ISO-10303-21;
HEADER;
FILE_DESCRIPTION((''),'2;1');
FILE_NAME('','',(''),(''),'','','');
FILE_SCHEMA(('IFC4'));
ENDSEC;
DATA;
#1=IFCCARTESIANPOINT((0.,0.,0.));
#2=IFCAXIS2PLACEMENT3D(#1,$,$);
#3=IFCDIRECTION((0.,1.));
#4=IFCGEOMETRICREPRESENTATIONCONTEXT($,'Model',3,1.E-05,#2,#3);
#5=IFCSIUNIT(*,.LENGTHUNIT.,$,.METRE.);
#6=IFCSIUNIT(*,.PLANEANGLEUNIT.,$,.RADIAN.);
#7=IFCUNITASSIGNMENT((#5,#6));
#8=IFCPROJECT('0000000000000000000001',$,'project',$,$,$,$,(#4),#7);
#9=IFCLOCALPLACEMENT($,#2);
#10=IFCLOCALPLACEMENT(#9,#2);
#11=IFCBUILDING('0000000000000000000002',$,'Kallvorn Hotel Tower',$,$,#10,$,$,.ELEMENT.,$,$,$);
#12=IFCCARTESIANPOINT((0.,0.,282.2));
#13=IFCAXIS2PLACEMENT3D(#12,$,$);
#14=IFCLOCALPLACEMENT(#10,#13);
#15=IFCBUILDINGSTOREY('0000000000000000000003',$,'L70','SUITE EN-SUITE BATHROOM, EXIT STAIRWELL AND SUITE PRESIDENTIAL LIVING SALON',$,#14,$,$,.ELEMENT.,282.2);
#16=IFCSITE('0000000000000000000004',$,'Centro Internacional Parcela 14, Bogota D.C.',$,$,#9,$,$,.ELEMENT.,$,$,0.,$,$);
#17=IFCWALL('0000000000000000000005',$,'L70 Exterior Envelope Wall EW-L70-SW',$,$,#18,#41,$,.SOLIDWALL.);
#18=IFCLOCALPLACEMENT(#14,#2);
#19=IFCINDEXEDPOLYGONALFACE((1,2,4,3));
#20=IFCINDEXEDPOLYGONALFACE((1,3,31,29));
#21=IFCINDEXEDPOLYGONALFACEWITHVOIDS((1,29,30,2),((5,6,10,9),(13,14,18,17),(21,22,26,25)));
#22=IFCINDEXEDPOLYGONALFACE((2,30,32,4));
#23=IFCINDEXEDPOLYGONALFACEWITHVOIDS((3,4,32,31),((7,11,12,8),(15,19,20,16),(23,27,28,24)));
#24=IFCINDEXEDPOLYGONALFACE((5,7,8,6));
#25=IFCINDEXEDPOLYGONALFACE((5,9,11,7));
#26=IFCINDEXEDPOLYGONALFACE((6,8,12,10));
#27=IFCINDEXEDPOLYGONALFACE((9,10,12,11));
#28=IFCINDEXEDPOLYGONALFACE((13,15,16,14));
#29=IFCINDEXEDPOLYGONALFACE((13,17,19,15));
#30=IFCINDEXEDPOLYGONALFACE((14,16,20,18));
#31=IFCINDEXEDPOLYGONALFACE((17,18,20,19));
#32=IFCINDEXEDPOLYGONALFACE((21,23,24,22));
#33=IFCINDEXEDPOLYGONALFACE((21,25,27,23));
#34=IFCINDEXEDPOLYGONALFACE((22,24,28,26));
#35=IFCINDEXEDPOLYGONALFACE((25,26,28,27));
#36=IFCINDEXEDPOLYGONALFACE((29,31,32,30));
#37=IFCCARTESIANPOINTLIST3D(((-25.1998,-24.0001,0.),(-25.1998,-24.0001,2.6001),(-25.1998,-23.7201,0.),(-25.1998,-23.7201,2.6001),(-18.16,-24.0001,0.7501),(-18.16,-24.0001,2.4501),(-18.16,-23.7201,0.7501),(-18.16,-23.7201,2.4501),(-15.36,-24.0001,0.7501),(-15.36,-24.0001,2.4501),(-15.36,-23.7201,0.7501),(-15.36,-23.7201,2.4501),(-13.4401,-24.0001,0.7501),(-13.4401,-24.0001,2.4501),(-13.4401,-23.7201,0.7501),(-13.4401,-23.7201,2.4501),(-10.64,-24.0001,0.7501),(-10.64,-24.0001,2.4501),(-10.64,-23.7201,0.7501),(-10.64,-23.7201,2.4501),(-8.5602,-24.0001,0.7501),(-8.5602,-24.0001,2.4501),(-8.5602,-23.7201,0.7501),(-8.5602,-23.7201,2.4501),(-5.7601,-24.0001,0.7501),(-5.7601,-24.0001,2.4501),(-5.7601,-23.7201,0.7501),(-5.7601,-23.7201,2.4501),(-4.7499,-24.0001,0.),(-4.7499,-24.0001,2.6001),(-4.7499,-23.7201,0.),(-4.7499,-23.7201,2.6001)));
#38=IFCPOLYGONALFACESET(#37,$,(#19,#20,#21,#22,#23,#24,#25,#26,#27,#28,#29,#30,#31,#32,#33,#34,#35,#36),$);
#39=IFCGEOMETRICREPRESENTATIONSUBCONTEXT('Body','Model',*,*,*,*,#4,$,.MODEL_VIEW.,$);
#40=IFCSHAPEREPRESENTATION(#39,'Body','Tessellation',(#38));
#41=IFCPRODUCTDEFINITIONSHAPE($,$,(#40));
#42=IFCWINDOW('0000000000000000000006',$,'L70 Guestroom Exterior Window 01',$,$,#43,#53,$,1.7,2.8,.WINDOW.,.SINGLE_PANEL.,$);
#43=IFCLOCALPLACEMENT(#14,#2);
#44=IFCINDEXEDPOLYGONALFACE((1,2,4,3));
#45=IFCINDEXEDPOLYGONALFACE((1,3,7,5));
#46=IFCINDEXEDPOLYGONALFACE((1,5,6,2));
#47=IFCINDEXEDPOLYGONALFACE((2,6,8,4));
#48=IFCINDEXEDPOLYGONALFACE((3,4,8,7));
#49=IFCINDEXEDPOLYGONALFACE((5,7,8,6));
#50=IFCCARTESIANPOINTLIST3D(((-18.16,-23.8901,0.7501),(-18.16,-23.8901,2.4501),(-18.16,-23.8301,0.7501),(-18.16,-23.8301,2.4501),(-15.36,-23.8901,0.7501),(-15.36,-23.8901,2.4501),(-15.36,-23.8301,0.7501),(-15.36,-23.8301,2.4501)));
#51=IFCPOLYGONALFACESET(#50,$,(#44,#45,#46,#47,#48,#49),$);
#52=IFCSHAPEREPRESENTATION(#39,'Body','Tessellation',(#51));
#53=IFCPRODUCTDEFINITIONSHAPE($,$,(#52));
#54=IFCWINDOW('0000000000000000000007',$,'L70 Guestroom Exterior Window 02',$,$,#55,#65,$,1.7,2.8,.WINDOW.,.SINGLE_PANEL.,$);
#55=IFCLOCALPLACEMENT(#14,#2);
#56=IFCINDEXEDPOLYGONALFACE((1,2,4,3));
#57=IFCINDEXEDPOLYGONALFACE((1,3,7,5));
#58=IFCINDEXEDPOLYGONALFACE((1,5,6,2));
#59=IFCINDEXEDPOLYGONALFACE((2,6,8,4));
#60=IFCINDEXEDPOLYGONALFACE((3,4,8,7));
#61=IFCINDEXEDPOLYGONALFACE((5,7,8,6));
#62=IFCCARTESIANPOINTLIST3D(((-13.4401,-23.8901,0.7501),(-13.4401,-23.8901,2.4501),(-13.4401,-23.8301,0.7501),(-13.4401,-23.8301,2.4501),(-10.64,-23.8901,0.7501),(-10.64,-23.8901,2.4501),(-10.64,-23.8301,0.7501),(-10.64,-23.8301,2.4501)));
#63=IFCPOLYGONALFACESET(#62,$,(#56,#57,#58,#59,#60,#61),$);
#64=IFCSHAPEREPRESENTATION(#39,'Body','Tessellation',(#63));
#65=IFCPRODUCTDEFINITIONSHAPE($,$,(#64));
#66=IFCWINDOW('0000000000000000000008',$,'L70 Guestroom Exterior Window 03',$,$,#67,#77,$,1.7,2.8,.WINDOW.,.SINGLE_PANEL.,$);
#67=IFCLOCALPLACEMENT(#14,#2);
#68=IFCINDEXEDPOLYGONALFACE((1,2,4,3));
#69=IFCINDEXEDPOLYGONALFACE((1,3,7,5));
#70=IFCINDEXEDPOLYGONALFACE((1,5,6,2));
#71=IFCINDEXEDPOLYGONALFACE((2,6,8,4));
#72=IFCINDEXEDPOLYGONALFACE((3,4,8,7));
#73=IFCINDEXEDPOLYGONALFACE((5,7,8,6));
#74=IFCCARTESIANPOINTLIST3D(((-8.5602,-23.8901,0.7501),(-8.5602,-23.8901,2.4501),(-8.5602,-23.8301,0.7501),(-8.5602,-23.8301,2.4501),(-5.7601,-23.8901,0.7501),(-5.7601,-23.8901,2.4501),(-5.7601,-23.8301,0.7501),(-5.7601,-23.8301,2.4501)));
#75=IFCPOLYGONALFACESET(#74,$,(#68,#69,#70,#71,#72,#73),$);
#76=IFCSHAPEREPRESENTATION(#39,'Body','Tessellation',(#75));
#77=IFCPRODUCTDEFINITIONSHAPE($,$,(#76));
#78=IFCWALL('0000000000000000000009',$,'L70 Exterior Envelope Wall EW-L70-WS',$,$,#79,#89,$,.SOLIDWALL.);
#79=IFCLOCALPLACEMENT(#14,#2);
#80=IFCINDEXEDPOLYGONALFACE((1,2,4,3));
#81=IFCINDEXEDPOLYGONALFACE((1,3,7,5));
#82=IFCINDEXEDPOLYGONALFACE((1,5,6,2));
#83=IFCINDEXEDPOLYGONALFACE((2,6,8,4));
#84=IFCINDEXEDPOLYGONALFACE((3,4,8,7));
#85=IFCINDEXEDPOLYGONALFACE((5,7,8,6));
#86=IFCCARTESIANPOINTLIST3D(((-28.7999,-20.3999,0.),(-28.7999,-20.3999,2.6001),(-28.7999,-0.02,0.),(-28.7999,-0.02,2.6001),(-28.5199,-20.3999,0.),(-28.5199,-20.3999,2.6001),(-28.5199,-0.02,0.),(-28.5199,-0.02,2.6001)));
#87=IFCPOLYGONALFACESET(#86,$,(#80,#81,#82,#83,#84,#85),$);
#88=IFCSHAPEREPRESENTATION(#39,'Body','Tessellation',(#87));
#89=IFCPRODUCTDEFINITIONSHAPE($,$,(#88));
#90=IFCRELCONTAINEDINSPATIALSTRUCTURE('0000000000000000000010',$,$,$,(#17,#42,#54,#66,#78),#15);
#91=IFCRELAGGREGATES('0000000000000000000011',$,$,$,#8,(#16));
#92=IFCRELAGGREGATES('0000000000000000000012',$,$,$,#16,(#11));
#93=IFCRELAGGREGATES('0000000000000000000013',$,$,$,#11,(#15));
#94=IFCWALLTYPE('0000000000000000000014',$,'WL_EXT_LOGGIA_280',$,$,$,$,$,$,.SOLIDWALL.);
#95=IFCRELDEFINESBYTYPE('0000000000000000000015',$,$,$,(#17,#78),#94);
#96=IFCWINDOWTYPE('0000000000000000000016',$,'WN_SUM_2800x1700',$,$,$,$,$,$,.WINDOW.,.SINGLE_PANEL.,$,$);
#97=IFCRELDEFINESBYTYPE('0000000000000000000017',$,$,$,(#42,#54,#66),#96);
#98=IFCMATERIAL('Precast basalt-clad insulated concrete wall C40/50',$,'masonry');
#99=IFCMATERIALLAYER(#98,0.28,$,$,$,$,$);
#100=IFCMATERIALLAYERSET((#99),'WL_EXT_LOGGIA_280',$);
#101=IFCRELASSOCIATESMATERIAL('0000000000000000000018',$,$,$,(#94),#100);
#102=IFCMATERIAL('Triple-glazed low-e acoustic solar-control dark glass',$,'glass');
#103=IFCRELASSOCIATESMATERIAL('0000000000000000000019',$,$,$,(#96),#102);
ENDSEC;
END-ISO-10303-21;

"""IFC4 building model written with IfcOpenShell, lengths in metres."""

from ifc_helpers import new_model, si_unit, direction, frame, frame_2d, origin, place, context, subcontext, project, spatial, rectangle, extrude, material, layer, layer_set, type_object, element, fill, save


model = new_model("IFC4")

# Units and contexts
model_context = context("Model", 3, precision=1e-05, world=origin(), true_north=direction((0.0, 1.0)))
body_context = subcontext(model_context, "Body", "Model", "MODEL_VIEW")
ifc_project = project(units=[si_unit("LENGTHUNIT", "METRE"), si_unit("PLANEANGLEUNIT", "RADIAN")], contexts=[model_context])

# Site, building, storey
site_placement = place(None, origin())
site = spatial("IfcSite", under=ifc_project, at=site_placement, Name="Centro Internacional Parcela 14, Bogota D.C.", CompositionType="ELEMENT", RefElevation=0.0)
building_placement = place(site_placement, origin())
building = spatial("IfcBuilding", under=site, at=building_placement, Name="Kallvorn Hotel Tower", CompositionType="ELEMENT")
storey_placement = place(building_placement, frame((0.0, 0.0, 282.2)))
storey = spatial("IfcBuildingStorey", under=building, at=storey_placement, Name="L70", Description="SUITE EN-SUITE BATHROOM, EXIT STAIRWELL AND SUITE PRESIDENTIAL LIVING SALON", CompositionType="ELEMENT", Elevation=282.2)

# Shared definitions
ifc_material_1 = material(Name="Precast basalt-clad insulated concrete wall C40/50", Category="masonry")
ifc_layer_1 = layer(ifc_material_1, 0.28)
ifc_layer_set_1 = layer_set([ifc_layer_1], Name="WL_EXT_LOGGIA_280")
wall_type_1 = type_object("IfcWallType", Name="WL_EXT_LOGGIA_280", PredefinedType="SOLIDWALL", material=ifc_layer_set_1)

# Wall, openings, windows
wall_1_placement = place(storey_placement, frame((-25.2, -23.8601, 0.0), z_axis=(0.0, 0.0, 1.0), x_axis=(1.0, 0.0, 0.0)))
wall_1 = element("IfcWall", 1, at=wall_1_placement, inside=storey, type_object=wall_type_1, Name="L70 Exterior Envelope Wall EW-L70-SW", PredefinedType="SOLIDWALL", context=body_context, shape_type="SweptSolid", body=[
    extrude(rectangle(XDim=20.45, YDim=0.28, at=frame_2d((10.2251, 0.0))), origin(), (0.0, 0.0, 1.0), 2.6001),
])
opening_1_placement = place(wall_1_placement, frame((7.04, 0.0, 0.75)))
opening_1 = element("IfcOpeningElement", 2, at=opening_1_placement, cuts=wall_1, PredefinedType="OPENING", context=body_context, shape_type="SweptSolid", body=[
    extrude(rectangle(XDim=2.8, YDim=1.7, at=frame_2d((1.3999, 0.8501))), frame((0.0, 0.155, 0.0), z_axis=(0.0, -1.0, 0.0), x_axis=(1.0, 0.0, 0.0)), (0.0, 0.0, 1.0), 0.3101),
])
opening_2_placement = place(wall_1_placement, frame((11.76, 0.0, 0.75)))
opening_2 = element("IfcOpeningElement", 3, at=opening_2_placement, cuts=wall_1, PredefinedType="OPENING", context=body_context, shape_type="SweptSolid", body=[
    extrude(rectangle(XDim=2.8, YDim=1.7, at=frame_2d((1.3999, 0.8501))), frame((0.0, 0.155, 0.0), z_axis=(0.0, -1.0, 0.0), x_axis=(1.0, 0.0, 0.0)), (0.0, 0.0, 1.0), 0.3101),
])
opening_3_placement = place(wall_1_placement, frame((16.6399, 0.0, 0.75)))
opening_3 = element("IfcOpeningElement", 4, at=opening_3_placement, cuts=wall_1, PredefinedType="OPENING", context=body_context, shape_type="SweptSolid", body=[
    extrude(rectangle(XDim=2.8, YDim=1.7, at=frame_2d((1.3999, 0.8501))), frame((0.0, 0.155, 0.0), z_axis=(0.0, -1.0, 0.0), x_axis=(1.0, 0.0, 0.0)), (0.0, 0.0, 1.0), 0.3101),
])
ifc_material_2 = material(Name="Triple-glazed low-e acoustic solar-control dark glass", Category="glass")
window_type = type_object("IfcWindowType", Name="WN_SUM_2800x1700", PartitioningType="SINGLE_PANEL", PredefinedType="WINDOW", material=ifc_material_2)
window_1_placement = place(opening_1_placement, origin())
window_1 = element("IfcWindow", 5, at=window_1_placement, inside=storey, type_object=window_type, Name="L70 Guestroom Exterior Window 01", OverallHeight=1.7, OverallWidth=2.8, PartitioningType="SINGLE_PANEL", PredefinedType="WINDOW", context=body_context, shape_type="SweptSolid", body=[
    extrude(rectangle(XDim=2.8, YDim=1.7, at=frame_2d((1.3999, 0.8501))), frame((0.0, 0.03, 0.0), z_axis=(0.0, -1.0, 0.0), x_axis=(1.0, 0.0, 0.0)), (0.0, 0.0, 1.0), 0.0601),
])
fill(opening_1, window_1)
window_2_placement = place(opening_2_placement, origin())
window_2 = element("IfcWindow", 6, at=window_2_placement, inside=storey, type_object=window_type, Name="L70 Guestroom Exterior Window 02", OverallHeight=1.7, OverallWidth=2.8, PartitioningType="SINGLE_PANEL", PredefinedType="WINDOW", context=body_context, shape_type="SweptSolid", body=[
    extrude(rectangle(XDim=2.8, YDim=1.7, at=frame_2d((1.3999, 0.8501))), frame((0.0, 0.03, 0.0), z_axis=(0.0, -1.0, 0.0), x_axis=(1.0, 0.0, 0.0)), (0.0, 0.0, 1.0), 0.0601),
])
fill(opening_2, window_2)
window_3_placement = place(opening_3_placement, origin())
window_3 = element("IfcWindow", 7, at=window_3_placement, inside=storey, type_object=window_type, Name="L70 Guestroom Exterior Window 03", OverallHeight=1.7, OverallWidth=2.8, PartitioningType="SINGLE_PANEL", PredefinedType="WINDOW", context=body_context, shape_type="SweptSolid", body=[
    extrude(rectangle(XDim=2.8, YDim=1.7, at=frame_2d((1.3999, 0.8501))), frame((0.0, 0.03, 0.0), z_axis=(0.0, -1.0, 0.0), x_axis=(1.0, 0.0, 0.0)), (0.0, 0.0, 1.0), 0.0601),
])
fill(opening_3, window_3)

# Wall
wall_2_placement = place(storey_placement, frame((-28.6599, -20.3999, 0.0), z_axis=(0.0, 0.0, 1.0), x_axis=(0.0, 1.0, 0.0)))
element("IfcWall", 8, at=wall_2_placement, inside=storey, type_object=wall_type_1, Name="L70 Exterior Envelope Wall EW-L70-WS", PredefinedType="SOLIDWALL", context=body_context, shape_type="SweptSolid", body=[
    extrude(rectangle(XDim=20.3799, YDim=0.28, at=frame_2d((10.1899, 0.0))), origin(), (0.0, 0.0, 1.0), 2.6001),
])

save(model, "model.ifc")
